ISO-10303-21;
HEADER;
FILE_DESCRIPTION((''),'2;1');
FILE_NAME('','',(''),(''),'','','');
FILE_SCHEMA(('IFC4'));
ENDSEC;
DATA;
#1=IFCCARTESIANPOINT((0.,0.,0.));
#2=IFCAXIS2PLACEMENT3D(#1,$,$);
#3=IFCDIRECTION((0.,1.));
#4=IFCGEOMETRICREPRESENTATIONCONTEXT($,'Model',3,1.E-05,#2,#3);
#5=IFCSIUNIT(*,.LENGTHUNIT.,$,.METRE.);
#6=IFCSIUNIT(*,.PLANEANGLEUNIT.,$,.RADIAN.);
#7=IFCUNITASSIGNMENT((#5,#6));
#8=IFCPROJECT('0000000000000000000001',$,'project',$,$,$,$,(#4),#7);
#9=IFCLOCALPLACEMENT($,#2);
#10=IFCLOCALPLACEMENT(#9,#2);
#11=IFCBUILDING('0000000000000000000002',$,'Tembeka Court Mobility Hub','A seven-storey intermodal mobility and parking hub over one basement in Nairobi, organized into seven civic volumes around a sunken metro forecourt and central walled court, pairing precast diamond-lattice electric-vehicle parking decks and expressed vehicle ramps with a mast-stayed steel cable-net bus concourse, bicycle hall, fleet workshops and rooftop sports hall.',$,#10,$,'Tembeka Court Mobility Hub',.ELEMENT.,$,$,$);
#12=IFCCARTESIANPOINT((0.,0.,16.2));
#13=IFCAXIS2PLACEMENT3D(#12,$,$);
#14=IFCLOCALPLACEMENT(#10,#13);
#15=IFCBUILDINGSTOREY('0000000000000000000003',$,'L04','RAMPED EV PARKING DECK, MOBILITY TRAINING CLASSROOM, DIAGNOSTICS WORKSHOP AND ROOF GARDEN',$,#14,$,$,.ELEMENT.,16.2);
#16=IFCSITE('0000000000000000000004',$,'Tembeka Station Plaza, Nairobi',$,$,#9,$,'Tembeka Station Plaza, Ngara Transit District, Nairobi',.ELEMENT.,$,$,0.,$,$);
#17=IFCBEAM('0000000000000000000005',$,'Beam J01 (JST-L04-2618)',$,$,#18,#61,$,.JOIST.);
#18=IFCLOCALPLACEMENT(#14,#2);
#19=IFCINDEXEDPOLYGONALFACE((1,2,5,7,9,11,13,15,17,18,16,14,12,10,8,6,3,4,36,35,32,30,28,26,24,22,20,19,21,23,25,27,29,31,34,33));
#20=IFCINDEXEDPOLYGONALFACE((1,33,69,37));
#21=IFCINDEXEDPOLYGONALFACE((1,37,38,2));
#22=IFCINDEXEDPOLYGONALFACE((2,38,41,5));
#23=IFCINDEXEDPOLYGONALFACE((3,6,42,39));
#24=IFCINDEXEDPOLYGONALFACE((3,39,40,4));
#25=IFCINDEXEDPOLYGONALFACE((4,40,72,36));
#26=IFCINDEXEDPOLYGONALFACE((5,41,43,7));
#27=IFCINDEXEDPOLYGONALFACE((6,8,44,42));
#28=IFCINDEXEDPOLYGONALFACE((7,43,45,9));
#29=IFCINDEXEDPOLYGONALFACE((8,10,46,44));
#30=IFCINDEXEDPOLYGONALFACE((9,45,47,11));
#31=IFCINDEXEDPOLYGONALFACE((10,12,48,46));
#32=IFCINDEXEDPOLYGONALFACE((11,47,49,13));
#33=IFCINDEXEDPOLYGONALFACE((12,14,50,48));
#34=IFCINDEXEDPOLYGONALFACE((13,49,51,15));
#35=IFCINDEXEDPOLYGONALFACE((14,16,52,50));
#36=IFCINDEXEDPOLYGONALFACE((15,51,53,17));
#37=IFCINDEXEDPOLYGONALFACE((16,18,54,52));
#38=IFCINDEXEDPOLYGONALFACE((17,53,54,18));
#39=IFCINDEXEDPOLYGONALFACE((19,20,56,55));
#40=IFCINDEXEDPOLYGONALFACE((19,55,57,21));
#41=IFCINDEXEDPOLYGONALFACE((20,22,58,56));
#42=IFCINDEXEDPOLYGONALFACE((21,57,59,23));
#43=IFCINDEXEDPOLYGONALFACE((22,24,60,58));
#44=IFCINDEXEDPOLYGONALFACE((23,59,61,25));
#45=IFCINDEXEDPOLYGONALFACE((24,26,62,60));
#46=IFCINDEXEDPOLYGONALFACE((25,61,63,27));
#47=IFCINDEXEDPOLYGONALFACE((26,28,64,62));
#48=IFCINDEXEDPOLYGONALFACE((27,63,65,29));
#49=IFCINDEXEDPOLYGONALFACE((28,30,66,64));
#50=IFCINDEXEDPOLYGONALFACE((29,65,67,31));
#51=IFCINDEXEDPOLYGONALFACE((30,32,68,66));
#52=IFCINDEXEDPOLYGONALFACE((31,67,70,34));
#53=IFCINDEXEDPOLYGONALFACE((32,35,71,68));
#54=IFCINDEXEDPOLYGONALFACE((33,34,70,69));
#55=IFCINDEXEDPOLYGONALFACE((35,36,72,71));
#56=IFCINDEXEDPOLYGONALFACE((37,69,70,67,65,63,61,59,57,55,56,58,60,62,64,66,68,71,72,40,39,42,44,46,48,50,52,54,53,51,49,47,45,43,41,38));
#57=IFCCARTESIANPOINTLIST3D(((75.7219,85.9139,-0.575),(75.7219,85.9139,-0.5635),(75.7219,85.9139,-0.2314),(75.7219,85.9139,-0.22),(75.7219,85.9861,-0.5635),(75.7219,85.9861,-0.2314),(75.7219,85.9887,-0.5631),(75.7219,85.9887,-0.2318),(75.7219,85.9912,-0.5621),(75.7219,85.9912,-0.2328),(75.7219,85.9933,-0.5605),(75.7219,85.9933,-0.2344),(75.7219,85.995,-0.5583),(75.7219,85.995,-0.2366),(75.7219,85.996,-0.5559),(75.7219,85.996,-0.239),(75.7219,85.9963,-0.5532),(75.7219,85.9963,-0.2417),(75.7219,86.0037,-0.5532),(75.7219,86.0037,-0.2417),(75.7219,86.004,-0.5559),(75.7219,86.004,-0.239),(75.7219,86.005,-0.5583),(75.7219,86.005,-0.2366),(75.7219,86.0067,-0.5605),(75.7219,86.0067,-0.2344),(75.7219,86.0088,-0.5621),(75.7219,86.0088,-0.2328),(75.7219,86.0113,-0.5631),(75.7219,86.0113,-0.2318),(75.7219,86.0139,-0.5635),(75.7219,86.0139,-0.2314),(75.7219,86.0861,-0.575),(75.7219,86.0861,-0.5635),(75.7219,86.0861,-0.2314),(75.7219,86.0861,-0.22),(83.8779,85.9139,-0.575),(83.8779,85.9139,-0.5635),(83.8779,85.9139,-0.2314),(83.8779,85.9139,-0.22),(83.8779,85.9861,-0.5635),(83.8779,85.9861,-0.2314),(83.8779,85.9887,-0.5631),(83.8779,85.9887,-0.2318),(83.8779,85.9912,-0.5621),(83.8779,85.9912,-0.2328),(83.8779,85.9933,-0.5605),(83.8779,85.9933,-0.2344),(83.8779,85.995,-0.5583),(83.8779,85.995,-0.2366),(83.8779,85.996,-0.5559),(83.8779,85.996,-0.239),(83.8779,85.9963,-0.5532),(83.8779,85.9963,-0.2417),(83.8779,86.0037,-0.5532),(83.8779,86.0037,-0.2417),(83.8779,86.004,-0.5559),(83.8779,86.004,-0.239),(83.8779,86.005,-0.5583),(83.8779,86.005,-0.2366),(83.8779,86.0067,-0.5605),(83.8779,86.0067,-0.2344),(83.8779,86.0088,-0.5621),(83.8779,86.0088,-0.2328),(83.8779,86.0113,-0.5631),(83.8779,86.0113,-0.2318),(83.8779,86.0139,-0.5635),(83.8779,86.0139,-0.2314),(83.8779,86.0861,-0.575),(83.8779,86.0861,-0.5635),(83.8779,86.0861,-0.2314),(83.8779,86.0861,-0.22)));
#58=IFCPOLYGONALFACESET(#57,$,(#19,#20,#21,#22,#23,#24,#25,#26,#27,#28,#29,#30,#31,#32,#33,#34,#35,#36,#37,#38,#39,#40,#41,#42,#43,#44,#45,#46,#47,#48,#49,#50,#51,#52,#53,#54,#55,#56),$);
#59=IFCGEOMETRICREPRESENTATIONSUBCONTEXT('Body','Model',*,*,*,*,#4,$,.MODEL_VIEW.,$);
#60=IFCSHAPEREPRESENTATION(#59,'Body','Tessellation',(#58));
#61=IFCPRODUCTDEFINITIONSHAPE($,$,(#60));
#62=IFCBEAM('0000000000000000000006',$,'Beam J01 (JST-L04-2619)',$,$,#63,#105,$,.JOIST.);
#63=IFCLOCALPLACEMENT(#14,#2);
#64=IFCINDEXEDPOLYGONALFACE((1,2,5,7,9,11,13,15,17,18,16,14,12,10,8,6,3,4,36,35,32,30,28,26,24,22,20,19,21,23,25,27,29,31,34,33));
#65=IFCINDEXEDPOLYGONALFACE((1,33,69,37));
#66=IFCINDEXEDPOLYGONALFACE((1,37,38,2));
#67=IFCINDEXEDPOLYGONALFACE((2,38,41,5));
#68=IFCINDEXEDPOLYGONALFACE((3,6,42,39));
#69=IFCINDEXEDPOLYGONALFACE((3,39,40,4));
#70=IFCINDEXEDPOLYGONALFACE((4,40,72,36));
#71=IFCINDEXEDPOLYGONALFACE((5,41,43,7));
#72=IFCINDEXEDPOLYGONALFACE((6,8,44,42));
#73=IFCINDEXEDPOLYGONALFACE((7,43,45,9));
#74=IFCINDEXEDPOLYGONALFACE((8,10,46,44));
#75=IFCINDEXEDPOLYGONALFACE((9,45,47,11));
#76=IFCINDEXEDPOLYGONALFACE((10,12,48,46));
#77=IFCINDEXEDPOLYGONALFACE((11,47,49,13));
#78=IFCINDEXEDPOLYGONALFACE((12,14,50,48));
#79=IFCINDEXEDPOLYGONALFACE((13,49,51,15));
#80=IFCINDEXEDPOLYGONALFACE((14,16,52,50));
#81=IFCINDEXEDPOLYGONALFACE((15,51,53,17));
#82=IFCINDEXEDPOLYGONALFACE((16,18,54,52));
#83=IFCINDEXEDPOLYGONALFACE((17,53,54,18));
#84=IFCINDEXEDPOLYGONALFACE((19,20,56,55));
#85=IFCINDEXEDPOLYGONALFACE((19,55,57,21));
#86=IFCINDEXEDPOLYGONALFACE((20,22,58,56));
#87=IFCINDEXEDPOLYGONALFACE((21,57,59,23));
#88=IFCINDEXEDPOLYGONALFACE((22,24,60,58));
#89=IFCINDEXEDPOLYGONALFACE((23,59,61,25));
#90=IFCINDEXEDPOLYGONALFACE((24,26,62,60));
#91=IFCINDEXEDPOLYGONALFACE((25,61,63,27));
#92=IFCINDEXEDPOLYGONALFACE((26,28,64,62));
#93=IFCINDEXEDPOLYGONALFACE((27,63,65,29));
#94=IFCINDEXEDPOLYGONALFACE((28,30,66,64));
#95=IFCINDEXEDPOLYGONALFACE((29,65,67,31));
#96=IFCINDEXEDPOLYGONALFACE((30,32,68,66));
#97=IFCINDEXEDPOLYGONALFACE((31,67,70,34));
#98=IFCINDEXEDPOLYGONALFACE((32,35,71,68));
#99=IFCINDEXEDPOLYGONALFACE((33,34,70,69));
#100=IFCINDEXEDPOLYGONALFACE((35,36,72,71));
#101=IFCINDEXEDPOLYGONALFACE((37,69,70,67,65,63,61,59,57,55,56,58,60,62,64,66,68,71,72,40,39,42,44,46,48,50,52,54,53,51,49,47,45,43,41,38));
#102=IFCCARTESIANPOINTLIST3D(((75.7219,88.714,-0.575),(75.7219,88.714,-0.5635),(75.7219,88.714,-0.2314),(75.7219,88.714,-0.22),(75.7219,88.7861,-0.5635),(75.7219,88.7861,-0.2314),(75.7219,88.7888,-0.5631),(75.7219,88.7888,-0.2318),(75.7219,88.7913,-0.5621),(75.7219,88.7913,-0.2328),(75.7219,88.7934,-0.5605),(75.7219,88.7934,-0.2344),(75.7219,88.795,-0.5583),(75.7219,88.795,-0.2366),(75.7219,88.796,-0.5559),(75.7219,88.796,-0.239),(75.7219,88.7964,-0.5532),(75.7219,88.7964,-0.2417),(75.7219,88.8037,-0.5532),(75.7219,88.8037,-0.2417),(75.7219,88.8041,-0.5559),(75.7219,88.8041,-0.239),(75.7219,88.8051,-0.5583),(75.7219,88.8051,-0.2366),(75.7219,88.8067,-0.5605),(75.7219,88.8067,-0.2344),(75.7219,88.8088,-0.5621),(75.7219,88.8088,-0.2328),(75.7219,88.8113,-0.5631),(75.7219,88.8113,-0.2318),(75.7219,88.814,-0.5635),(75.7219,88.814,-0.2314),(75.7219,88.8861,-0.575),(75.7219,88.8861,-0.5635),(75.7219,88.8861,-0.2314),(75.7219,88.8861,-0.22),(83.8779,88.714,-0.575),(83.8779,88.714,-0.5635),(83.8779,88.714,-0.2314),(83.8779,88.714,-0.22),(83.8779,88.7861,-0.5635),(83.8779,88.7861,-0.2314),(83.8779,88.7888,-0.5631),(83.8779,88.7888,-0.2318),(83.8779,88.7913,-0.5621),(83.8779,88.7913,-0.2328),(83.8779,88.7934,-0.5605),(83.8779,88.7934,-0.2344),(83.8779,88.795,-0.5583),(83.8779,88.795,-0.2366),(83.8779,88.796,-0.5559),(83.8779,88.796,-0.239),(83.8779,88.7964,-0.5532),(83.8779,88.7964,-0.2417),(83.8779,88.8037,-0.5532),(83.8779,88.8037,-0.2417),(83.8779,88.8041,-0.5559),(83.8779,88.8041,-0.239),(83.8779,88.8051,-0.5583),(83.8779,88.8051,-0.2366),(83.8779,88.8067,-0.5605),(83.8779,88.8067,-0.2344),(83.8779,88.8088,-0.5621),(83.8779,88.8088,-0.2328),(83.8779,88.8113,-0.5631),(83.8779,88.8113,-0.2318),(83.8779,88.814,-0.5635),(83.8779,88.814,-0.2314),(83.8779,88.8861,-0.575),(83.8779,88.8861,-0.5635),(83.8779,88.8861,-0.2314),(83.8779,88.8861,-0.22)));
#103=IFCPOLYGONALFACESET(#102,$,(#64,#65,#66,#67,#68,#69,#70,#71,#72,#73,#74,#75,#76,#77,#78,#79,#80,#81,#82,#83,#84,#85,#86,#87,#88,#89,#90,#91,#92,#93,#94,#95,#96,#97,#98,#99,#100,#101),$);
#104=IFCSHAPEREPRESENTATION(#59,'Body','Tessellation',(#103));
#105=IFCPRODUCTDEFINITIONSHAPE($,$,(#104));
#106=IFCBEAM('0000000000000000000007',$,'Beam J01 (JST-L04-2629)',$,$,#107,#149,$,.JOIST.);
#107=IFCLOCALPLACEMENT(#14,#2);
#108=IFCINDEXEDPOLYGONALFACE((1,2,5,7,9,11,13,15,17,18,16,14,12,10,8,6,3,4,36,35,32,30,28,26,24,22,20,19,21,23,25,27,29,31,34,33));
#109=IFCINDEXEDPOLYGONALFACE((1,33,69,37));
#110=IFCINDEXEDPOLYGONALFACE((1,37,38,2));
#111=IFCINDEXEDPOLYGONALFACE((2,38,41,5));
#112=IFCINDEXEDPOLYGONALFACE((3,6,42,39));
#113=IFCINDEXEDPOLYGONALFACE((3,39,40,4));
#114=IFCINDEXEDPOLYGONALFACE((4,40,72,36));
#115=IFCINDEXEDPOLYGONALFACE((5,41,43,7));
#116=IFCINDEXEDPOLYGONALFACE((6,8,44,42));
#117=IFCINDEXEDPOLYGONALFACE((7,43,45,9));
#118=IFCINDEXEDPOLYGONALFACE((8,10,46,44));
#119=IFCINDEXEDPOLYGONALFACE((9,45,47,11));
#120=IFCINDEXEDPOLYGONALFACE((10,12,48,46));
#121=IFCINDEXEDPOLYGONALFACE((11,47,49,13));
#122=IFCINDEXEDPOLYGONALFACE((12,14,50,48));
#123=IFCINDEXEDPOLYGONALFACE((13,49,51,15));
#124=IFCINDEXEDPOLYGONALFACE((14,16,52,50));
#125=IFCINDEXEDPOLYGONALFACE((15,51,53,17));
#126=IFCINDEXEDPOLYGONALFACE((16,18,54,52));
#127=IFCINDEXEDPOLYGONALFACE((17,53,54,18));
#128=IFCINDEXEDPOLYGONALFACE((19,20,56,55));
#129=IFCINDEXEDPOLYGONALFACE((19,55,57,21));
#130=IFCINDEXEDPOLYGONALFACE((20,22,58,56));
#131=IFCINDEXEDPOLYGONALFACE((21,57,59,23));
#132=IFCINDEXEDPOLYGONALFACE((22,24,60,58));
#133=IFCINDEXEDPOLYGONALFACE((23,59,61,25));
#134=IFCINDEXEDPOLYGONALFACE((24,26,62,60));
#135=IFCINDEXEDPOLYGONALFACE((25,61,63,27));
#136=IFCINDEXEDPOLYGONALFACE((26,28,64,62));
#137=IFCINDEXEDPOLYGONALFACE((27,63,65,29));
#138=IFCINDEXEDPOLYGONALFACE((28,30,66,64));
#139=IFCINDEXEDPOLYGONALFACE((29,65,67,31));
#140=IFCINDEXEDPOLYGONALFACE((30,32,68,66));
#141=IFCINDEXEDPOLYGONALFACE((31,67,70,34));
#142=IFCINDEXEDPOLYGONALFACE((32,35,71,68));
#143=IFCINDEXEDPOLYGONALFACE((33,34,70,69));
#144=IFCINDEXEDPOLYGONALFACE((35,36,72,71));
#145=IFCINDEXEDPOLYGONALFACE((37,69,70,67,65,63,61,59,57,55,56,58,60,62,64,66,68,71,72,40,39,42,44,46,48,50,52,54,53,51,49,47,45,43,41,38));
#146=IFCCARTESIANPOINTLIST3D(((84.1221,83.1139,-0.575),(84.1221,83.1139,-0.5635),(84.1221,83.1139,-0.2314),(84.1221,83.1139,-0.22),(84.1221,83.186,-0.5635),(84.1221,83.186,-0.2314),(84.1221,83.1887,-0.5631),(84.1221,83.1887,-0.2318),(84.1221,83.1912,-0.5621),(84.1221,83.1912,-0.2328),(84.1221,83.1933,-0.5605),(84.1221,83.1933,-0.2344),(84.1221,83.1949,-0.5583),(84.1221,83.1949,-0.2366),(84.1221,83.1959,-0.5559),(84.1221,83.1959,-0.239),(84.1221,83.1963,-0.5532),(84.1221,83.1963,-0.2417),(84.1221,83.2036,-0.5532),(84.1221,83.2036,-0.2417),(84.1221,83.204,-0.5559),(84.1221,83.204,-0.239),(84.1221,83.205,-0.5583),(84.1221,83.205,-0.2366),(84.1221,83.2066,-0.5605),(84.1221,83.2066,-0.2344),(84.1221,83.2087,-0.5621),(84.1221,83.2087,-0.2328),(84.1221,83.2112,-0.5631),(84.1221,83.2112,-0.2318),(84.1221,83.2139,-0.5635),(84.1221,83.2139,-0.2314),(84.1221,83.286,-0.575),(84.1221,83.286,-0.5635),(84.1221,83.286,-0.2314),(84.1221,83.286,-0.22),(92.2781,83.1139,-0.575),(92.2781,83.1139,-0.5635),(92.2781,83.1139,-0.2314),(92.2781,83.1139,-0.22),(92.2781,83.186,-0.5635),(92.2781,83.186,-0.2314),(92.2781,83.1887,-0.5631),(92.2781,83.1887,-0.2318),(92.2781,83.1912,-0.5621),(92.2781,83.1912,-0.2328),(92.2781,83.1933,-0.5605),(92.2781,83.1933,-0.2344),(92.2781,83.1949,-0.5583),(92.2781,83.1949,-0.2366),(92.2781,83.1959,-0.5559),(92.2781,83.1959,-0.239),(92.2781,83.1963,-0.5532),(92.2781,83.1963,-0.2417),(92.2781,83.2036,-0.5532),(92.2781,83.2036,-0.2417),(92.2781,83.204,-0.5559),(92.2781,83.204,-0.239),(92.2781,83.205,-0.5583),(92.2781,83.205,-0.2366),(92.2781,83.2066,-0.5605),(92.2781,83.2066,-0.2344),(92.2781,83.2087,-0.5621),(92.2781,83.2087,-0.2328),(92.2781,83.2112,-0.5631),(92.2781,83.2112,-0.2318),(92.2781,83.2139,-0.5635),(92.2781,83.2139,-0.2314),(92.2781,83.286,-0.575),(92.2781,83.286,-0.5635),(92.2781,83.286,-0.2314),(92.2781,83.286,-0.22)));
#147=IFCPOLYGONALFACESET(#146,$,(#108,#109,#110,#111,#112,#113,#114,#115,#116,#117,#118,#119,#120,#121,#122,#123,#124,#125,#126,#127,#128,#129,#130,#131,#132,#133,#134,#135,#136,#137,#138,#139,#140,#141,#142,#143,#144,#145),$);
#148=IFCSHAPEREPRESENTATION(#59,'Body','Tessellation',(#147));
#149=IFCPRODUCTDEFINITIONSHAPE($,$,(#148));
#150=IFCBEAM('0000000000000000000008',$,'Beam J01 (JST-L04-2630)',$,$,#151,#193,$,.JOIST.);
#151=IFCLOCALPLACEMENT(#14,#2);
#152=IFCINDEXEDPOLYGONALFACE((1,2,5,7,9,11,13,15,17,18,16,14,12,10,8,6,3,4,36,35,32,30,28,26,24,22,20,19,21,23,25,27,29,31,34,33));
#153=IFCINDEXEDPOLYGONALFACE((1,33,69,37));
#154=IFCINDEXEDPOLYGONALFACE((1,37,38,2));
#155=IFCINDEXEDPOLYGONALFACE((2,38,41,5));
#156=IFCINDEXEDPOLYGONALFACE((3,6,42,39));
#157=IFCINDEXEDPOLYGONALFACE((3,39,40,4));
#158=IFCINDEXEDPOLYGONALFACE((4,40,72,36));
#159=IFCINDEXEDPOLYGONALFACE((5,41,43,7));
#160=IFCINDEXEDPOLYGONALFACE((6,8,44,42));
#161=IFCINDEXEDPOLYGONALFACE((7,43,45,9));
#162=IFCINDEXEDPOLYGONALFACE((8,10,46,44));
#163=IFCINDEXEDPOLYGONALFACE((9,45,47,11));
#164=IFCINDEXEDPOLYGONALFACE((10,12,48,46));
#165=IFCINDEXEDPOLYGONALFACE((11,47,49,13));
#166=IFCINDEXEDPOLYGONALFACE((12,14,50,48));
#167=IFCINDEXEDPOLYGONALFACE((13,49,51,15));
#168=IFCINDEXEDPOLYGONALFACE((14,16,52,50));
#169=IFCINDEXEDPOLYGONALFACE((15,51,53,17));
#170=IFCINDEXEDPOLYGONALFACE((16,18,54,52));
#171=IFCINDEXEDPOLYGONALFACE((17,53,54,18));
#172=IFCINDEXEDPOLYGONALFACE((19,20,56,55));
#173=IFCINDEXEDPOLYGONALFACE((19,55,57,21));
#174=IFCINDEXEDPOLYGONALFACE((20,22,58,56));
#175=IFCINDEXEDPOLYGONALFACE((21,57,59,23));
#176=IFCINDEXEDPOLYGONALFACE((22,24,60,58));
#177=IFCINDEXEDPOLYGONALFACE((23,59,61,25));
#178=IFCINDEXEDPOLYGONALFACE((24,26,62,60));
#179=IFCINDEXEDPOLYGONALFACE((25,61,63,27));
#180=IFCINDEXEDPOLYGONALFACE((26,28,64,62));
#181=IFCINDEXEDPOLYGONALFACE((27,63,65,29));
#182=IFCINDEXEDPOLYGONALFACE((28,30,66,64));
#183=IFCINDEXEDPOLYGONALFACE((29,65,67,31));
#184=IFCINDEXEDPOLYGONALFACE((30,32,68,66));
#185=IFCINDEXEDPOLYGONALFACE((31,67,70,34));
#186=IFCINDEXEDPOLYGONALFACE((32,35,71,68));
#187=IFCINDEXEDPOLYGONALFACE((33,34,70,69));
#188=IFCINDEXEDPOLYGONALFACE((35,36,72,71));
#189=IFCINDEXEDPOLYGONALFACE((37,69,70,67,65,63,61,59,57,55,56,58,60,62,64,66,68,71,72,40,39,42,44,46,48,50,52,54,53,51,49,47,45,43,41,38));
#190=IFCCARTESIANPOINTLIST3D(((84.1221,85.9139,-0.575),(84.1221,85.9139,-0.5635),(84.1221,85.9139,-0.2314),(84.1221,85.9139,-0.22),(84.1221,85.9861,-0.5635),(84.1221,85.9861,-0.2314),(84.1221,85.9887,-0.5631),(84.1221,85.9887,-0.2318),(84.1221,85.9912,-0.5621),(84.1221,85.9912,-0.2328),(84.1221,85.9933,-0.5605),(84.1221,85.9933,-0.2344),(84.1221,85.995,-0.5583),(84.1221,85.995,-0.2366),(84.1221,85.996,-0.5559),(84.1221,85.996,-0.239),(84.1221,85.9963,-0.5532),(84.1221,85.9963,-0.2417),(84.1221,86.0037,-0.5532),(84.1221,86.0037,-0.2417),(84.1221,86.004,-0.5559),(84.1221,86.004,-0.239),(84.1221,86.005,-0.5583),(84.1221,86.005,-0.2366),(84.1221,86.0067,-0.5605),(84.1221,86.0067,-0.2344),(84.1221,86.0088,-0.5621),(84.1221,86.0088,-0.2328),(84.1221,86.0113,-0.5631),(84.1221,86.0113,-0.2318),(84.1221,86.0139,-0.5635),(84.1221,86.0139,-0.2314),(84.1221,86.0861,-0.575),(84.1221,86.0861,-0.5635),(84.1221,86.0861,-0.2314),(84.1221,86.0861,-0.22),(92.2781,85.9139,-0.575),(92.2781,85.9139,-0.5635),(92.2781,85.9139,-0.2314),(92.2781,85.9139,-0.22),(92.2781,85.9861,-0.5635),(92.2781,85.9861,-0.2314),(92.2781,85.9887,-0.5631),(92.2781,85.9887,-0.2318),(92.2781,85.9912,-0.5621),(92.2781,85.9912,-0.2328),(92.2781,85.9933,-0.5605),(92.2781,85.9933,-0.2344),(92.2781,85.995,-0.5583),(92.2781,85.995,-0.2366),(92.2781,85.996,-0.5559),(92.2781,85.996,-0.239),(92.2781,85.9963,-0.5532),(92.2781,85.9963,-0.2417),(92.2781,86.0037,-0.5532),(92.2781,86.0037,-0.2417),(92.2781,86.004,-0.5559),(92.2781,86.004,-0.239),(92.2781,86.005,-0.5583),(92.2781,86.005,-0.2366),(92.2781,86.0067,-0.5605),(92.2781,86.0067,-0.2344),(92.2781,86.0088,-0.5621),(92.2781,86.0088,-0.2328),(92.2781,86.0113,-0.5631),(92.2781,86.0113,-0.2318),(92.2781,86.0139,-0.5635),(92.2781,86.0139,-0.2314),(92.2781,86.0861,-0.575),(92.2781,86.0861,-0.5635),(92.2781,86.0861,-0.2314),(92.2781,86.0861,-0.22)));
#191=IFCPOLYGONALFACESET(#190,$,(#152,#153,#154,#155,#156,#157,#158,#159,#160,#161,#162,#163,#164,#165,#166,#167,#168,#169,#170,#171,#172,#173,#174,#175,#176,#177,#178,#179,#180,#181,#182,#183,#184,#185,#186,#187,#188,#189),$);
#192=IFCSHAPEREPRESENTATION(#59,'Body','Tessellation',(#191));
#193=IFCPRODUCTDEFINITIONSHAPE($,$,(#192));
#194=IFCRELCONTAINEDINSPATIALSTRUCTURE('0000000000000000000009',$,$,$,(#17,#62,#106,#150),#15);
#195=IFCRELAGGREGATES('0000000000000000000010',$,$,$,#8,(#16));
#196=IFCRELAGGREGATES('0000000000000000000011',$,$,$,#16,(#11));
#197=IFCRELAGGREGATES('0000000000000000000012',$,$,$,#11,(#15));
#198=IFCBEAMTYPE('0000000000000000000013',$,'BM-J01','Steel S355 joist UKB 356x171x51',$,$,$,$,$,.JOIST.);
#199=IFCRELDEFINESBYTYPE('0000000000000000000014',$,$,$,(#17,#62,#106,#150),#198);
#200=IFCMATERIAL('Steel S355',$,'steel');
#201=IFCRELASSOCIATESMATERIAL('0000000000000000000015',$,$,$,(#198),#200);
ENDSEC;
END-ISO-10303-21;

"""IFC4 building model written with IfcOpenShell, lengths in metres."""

from ifc_helpers import new_model, si_unit, direction, frame, origin, origin_2d, place, context, subcontext, project, spatial, i_section, extrude, material, material_profile, profile_set, type_object, element, save


model = new_model("IFC4")

# Units and contexts
model_context = context("Model", 3, precision=1e-05, world=origin(), true_north=direction((0.0, 1.0)))
body_context = subcontext(model_context, "Body", "Model", "MODEL_VIEW")
ifc_project = project(units=[si_unit("LENGTHUNIT", "METRE"), si_unit("PLANEANGLEUNIT", "RADIAN")], contexts=[model_context])

# Site, building, storey
site_placement = place(None, origin())
site = spatial("IfcSite", under=ifc_project, at=site_placement, Name="Tembeka Station Plaza, Nairobi", LongName="Tembeka Station Plaza, Ngara Transit District, Nairobi", CompositionType="ELEMENT", RefElevation=0.0)
building_placement = place(site_placement, origin())
building = spatial("IfcBuilding", under=site, at=building_placement, Name="Tembeka Court Mobility Hub", Description="A seven-storey intermodal mobility and parking hub over one basement in Nairobi, organized into seven civic volumes around a sunken metro forecourt and central walled court, pairing precast diamond-lattice electric-vehicle parking decks and expressed vehicle ramps with a mast-stayed steel cable-net bus concourse, bicycle hall, fleet workshops and rooftop sports hall.", LongName="Tembeka Court Mobility Hub", CompositionType="ELEMENT")
storey_placement = place(building_placement, frame((0.0, 0.0, 16.2)))
storey = spatial("IfcBuildingStorey", under=building, at=storey_placement, Name="L04", Description="RAMPED EV PARKING DECK, MOBILITY TRAINING CLASSROOM, DIAGNOSTICS WORKSHOP AND ROOF GARDEN", CompositionType="ELEMENT", Elevation=16.2)

# Shared definitions
ifc_material_1 = material(Name="Steel S355", Category="steel")

# Beams
ifc_material_profile_1 = material_profile(ifc_material_1, i_section(OverallWidth=0.1721, OverallDepth=0.355, WebThickness=0.0073, FlangeThickness=0.0115, FilletRadius=0.0103, at=origin_2d()), Name="UKB 356x171x51")
ifc_profile_set_1 = profile_set([ifc_material_profile_1], Name="Steel S355")
beam_type_1 = type_object("IfcBeamType", Name="BM-J01", Description="Steel S355 joist UKB 356x171x51", PredefinedType="JOIST", material=ifc_profile_set_1)
for number, where, z_axis, x_axis, name in (
    (1, (75.7219, 86.0, -0.3975), (1.0, 0.0, 0.0), (0.0, 1.0, 0.0), "Beam J01 (JST-L04-2618)"),
    (2, (75.7219, 88.8, -0.3975), (1.0, 0.0, 0.0), (0.0, 1.0, 0.0), "Beam J01 (JST-L04-2619)"),
    (3, (84.1221, 83.2, -0.3975), (1.0, 0.0, 0.0), (0.0, 1.0, 0.0), "Beam J01 (JST-L04-2629)"),
    (4, (84.1221, 86.0, -0.3975), (1.0, 0.0, 0.0), (0.0, 1.0, 0.0), "Beam J01 (JST-L04-2630)"),
):
    element("IfcBeam", number, at=place(storey_placement, frame(where, z_axis=z_axis, x_axis=x_axis)), inside=storey, type_object=beam_type_1, Name=name, PredefinedType="JOIST", context=body_context, shape_type="SweptSolid", body=[
        extrude(i_section(OverallWidth=0.1721, OverallDepth=0.355, WebThickness=0.0073, FlangeThickness=0.0115, FilletRadius=0.0103, at=origin_2d()), origin(), (0.0, 0.0, 1.0), 8.156),
    ])

save(model, "model.ifc")
